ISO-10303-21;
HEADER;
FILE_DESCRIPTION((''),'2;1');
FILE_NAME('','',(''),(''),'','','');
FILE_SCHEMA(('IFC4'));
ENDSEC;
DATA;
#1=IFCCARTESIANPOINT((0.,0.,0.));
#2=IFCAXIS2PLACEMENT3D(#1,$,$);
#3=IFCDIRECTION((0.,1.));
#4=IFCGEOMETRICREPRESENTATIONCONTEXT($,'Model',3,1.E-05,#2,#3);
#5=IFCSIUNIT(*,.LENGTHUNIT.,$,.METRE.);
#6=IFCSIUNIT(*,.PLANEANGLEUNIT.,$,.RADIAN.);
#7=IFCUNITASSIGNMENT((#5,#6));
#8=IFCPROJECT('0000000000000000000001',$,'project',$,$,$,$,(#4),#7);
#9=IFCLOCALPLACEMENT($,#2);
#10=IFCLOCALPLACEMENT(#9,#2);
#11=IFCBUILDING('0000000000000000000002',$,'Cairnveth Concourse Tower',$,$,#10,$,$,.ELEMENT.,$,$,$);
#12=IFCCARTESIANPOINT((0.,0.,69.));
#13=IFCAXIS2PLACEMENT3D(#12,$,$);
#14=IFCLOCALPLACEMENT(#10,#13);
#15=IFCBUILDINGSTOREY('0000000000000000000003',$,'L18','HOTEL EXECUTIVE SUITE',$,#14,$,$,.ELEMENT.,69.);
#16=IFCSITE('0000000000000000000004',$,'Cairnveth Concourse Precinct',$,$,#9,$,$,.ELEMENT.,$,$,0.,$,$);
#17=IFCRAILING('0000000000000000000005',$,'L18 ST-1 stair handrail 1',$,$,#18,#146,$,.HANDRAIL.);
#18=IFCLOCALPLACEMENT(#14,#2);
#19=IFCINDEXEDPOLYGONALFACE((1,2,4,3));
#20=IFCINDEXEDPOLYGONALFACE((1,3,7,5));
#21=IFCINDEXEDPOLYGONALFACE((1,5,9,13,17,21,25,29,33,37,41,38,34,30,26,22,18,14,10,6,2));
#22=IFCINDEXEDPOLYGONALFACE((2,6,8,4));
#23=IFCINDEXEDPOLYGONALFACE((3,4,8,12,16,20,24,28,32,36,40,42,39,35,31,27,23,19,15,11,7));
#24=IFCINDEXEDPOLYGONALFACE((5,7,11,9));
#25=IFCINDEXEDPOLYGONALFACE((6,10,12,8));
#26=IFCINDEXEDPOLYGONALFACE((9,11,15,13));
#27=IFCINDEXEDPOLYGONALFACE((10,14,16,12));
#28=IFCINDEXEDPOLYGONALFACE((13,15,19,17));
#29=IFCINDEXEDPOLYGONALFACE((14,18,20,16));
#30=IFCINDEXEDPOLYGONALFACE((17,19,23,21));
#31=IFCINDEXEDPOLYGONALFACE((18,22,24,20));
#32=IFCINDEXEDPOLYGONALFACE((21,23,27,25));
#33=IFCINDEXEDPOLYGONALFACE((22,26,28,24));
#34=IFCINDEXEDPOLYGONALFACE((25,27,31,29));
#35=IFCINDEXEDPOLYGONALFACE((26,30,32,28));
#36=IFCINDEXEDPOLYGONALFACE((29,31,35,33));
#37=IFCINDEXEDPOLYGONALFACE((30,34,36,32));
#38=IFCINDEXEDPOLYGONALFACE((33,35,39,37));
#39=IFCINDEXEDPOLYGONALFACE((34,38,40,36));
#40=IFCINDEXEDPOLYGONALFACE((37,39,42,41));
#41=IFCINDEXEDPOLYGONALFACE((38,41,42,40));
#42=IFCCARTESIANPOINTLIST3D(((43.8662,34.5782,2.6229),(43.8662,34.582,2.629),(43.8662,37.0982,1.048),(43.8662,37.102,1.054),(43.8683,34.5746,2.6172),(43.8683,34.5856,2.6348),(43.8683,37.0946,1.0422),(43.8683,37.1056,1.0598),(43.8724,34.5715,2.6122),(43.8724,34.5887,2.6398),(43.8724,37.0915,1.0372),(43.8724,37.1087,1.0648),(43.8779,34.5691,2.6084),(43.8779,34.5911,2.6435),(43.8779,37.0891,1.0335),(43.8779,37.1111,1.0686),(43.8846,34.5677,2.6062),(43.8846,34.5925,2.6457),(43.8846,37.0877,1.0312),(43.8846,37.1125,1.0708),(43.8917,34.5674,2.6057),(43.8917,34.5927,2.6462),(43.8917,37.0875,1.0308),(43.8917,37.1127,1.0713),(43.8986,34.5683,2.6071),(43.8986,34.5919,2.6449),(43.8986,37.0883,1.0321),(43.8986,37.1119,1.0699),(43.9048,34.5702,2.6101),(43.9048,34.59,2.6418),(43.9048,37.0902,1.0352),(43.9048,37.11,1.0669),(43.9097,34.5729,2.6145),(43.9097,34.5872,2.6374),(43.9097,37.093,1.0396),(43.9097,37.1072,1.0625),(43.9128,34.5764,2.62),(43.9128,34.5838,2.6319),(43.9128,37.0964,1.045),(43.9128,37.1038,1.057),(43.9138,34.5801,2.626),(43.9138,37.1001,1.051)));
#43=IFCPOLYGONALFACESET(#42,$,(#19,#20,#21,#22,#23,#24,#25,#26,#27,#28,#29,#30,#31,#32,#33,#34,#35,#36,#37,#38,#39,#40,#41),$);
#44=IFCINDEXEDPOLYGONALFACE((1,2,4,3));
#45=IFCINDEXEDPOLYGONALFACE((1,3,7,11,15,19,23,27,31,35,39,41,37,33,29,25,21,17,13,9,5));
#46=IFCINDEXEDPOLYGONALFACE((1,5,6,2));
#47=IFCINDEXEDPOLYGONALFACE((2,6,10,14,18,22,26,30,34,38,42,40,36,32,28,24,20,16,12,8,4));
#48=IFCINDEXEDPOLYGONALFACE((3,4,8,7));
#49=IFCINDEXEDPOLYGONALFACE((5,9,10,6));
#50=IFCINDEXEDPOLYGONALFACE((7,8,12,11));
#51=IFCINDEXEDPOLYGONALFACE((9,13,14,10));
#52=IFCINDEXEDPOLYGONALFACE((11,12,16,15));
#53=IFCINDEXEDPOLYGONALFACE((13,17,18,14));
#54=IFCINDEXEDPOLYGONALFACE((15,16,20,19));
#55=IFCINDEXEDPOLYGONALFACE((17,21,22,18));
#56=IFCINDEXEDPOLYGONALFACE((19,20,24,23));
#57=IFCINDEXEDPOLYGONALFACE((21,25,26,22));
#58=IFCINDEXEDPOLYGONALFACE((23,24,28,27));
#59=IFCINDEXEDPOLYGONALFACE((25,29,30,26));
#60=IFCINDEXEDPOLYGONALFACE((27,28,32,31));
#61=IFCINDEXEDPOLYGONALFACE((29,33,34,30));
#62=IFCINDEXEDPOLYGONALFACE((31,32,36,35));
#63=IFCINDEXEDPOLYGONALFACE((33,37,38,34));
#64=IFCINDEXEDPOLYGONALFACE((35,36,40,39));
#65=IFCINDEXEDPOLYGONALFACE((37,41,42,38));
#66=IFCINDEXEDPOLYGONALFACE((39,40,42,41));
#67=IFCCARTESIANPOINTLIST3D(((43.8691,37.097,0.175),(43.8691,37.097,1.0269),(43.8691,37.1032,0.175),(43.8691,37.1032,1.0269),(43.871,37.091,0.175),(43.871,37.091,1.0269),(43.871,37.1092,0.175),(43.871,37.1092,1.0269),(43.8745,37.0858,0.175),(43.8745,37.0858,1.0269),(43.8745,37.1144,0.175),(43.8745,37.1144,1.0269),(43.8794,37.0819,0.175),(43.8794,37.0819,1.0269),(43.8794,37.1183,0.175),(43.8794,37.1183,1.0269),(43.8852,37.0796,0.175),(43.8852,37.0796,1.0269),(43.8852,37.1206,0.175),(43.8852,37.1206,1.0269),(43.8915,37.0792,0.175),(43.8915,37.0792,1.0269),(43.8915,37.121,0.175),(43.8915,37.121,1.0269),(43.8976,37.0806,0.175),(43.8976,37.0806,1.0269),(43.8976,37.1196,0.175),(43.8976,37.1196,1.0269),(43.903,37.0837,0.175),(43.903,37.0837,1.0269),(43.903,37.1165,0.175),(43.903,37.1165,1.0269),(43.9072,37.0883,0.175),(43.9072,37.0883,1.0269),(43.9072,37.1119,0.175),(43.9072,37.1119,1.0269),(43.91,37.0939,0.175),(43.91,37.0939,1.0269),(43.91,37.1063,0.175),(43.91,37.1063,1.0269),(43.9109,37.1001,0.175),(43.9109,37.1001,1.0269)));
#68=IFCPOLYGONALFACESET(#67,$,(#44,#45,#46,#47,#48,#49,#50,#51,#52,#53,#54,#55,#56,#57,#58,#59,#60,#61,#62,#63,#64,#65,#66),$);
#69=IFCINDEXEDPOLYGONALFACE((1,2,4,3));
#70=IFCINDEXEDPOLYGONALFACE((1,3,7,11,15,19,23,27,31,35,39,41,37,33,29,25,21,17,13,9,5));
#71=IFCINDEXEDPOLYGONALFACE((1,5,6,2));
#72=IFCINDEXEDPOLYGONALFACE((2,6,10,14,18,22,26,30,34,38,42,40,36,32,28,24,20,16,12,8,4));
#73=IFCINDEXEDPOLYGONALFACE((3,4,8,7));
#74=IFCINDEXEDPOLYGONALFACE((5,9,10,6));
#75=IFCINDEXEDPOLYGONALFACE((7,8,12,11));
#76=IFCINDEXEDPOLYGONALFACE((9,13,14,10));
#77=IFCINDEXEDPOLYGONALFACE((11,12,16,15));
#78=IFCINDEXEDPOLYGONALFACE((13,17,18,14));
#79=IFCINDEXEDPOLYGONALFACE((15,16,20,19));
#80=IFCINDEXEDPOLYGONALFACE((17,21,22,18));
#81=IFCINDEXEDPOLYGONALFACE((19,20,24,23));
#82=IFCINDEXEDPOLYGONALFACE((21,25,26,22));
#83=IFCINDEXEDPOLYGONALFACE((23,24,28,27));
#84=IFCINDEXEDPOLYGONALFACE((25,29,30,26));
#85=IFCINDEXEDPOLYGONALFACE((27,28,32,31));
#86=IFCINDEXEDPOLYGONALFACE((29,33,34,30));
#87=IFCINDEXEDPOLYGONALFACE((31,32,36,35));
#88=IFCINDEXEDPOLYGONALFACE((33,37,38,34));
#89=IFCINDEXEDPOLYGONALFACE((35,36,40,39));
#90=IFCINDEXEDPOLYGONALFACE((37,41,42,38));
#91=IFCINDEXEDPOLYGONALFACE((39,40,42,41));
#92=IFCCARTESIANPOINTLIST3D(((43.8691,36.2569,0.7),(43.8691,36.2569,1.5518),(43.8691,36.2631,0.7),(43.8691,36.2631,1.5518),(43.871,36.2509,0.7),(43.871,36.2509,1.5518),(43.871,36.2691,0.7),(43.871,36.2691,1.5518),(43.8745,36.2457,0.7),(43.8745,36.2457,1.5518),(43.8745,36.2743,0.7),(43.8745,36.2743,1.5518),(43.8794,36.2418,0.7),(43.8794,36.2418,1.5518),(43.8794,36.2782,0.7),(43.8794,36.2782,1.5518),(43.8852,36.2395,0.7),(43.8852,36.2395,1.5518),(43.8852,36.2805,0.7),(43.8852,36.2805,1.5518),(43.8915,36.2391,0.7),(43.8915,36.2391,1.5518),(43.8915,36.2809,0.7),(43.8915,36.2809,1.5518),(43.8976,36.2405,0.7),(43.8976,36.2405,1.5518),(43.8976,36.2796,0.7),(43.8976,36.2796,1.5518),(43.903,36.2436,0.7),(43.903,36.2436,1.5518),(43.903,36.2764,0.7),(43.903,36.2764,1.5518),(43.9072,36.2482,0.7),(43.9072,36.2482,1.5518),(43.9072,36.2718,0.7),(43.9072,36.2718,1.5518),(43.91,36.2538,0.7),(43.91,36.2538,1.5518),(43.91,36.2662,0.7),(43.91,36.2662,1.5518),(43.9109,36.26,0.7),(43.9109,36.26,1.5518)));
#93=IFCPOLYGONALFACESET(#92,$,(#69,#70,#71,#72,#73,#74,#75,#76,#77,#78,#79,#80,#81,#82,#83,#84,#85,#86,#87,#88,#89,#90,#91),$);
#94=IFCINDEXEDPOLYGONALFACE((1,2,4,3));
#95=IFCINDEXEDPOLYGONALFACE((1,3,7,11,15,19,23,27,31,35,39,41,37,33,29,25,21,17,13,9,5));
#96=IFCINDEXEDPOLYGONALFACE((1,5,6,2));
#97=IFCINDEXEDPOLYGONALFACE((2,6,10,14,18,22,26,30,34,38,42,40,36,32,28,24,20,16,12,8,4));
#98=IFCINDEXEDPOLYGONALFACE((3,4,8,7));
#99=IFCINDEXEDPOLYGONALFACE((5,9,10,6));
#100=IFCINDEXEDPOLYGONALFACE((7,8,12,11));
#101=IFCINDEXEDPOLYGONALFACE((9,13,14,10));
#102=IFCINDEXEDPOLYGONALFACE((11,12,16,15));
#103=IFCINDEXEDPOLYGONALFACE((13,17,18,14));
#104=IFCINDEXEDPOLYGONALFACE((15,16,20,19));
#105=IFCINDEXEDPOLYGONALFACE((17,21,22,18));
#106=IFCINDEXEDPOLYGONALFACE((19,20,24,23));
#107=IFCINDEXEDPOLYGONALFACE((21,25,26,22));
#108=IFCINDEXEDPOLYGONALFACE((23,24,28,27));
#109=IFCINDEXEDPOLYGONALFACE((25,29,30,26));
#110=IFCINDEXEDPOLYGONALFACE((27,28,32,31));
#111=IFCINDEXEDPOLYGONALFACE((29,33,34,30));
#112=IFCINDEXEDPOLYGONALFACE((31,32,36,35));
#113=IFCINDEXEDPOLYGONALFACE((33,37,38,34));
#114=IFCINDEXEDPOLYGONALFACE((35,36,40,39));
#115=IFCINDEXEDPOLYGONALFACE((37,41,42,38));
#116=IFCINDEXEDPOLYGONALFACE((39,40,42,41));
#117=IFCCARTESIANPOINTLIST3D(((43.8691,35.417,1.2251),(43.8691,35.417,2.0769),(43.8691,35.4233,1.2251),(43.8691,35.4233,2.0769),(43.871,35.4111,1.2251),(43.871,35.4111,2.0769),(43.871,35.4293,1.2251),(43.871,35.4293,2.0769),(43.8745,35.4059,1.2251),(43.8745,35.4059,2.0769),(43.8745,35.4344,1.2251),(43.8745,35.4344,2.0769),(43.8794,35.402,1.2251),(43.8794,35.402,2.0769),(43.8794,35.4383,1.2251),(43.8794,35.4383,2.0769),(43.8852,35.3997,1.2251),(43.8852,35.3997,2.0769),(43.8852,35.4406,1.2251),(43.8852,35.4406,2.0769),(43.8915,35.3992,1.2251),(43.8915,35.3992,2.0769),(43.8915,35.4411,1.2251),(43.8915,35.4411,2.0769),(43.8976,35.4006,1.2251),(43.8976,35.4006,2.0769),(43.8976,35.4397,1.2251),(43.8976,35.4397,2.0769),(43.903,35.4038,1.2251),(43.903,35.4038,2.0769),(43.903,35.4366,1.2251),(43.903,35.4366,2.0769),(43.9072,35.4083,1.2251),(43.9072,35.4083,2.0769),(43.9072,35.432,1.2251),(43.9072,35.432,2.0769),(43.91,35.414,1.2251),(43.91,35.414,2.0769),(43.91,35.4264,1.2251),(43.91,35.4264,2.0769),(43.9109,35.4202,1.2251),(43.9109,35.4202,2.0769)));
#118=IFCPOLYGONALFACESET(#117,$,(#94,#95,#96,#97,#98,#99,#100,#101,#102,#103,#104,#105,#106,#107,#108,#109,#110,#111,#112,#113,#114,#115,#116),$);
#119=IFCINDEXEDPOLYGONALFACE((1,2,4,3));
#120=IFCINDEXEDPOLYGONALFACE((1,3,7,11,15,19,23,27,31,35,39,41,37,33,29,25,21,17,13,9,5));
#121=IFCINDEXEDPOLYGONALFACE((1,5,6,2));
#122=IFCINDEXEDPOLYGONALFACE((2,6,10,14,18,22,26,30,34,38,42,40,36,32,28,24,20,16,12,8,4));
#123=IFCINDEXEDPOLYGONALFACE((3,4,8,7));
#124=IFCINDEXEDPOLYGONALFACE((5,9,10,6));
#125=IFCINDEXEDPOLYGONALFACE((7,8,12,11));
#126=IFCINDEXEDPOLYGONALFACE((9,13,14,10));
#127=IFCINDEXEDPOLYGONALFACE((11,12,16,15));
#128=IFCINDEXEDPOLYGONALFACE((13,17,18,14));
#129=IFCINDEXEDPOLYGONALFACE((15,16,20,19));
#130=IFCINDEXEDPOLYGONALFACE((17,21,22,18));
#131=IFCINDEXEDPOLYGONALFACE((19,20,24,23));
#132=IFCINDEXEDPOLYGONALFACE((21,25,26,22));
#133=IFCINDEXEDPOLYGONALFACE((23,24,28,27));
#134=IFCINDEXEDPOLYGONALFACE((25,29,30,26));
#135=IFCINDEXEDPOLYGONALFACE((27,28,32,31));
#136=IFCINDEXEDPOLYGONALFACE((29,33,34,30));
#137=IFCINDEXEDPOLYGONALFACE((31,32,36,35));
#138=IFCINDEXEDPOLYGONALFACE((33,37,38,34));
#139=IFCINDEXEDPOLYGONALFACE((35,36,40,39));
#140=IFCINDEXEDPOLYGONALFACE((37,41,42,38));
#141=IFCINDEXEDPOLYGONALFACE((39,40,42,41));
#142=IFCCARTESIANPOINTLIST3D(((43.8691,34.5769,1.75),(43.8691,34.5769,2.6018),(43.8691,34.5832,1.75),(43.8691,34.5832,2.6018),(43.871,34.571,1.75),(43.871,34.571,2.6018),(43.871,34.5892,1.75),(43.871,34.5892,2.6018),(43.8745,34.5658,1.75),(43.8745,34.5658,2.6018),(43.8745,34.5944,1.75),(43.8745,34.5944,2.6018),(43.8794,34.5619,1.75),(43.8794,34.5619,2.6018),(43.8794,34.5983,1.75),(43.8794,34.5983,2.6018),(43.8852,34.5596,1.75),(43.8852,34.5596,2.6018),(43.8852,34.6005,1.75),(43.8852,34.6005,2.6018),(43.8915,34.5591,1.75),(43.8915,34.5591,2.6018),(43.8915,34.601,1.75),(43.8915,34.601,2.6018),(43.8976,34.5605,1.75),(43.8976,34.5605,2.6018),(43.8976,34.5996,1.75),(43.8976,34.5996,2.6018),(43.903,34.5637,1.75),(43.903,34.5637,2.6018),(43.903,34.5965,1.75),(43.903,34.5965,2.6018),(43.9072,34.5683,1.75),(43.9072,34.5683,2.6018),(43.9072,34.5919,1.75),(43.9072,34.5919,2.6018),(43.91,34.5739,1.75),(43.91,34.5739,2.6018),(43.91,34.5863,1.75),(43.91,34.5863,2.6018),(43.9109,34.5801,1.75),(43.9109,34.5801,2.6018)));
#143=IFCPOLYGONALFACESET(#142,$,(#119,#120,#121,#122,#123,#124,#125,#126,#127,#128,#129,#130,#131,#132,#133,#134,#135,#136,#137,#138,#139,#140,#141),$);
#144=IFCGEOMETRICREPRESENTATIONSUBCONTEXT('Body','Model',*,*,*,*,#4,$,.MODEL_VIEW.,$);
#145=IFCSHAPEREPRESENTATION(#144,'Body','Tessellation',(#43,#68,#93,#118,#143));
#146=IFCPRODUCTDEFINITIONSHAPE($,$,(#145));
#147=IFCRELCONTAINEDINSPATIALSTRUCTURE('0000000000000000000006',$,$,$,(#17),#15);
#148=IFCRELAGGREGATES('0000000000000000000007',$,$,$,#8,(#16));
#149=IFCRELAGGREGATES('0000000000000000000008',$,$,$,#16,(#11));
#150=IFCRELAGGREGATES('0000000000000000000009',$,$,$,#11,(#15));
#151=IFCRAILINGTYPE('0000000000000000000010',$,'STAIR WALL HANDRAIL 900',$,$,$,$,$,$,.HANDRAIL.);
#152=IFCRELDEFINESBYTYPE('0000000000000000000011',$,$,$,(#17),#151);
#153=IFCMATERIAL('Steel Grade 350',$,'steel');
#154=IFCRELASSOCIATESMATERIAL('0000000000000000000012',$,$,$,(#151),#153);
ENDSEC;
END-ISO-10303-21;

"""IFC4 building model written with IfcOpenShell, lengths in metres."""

from ifc_helpers import new_model, si_unit, direction, frame, origin, origin_2d, place, context, subcontext, project, spatial, circle, extrude, material, type_object, element, save


model = new_model("IFC4")

# Units and contexts
model_context = context("Model", 3, precision=1e-05, world=origin(), true_north=direction((0.0, 1.0)))
body_context = subcontext(model_context, "Body", "Model", "MODEL_VIEW")
ifc_project = project(units=[si_unit("LENGTHUNIT", "METRE"), si_unit("PLANEANGLEUNIT", "RADIAN")], contexts=[model_context])

# Site, building, storey
site_placement = place(None, origin())
site = spatial("IfcSite", under=ifc_project, at=site_placement, Name="Cairnveth Concourse Precinct", CompositionType="ELEMENT", RefElevation=0.0)
building_placement = place(site_placement, origin())
building = spatial("IfcBuilding", under=site, at=building_placement, Name="Cairnveth Concourse Tower", CompositionType="ELEMENT")
storey_placement = place(building_placement, frame((0.0, 0.0, 69.0)))
storey = spatial("IfcBuildingStorey", under=building, at=storey_placement, Name="L18", Description="HOTEL EXECUTIVE SUITE", CompositionType="ELEMENT", Elevation=69.0)

# Shared definitions
ifc_material_1 = material(Name="Steel Grade 350", Category="steel")

# Railing
railing_type_1 = type_object("IfcRailingType", Name="STAIR WALL HANDRAIL 900", PredefinedType="HANDRAIL", material=ifc_material_1)
railing_1_placement = place(storey_placement, frame((43.8899, 37.1001, 0.175)))
element("IfcRailing", 1, at=railing_1_placement, inside=storey, type_object=railing_type_1, Name="L18 ST-1 stair handrail 1", PredefinedType="HANDRAIL", context=body_context, shape_type="SweptSolid", body=[
    extrude(circle(Radius=0.0239, at=origin_2d()), frame((0.0, 0.0, 0.876), z_axis=(0.0, -0.848008, 0.529984), x_axis=(1.0, 0.0, 0.0)), (0.0, 0.0, 1.0), 2.9717),
    extrude(circle(Radius=0.021, at=origin_2d()), origin(), (0.0, 0.0, 1.0), 0.8518),
    extrude(circle(Radius=0.021, at=origin_2d()), frame((0.0, -0.8401, 0.5249)), (0.0, 0.0, 1.0), 0.8518),
    extrude(circle(Radius=0.021, at=origin_2d()), frame((0.0, -1.6799, 1.05)), (0.0, 0.0, 1.0), 0.8518),
    extrude(circle(Radius=0.021, at=origin_2d()), frame((0.0, -2.52, 1.575)), (0.0, 0.0, 1.0), 0.8518),
])

save(model, "model.ifc")
